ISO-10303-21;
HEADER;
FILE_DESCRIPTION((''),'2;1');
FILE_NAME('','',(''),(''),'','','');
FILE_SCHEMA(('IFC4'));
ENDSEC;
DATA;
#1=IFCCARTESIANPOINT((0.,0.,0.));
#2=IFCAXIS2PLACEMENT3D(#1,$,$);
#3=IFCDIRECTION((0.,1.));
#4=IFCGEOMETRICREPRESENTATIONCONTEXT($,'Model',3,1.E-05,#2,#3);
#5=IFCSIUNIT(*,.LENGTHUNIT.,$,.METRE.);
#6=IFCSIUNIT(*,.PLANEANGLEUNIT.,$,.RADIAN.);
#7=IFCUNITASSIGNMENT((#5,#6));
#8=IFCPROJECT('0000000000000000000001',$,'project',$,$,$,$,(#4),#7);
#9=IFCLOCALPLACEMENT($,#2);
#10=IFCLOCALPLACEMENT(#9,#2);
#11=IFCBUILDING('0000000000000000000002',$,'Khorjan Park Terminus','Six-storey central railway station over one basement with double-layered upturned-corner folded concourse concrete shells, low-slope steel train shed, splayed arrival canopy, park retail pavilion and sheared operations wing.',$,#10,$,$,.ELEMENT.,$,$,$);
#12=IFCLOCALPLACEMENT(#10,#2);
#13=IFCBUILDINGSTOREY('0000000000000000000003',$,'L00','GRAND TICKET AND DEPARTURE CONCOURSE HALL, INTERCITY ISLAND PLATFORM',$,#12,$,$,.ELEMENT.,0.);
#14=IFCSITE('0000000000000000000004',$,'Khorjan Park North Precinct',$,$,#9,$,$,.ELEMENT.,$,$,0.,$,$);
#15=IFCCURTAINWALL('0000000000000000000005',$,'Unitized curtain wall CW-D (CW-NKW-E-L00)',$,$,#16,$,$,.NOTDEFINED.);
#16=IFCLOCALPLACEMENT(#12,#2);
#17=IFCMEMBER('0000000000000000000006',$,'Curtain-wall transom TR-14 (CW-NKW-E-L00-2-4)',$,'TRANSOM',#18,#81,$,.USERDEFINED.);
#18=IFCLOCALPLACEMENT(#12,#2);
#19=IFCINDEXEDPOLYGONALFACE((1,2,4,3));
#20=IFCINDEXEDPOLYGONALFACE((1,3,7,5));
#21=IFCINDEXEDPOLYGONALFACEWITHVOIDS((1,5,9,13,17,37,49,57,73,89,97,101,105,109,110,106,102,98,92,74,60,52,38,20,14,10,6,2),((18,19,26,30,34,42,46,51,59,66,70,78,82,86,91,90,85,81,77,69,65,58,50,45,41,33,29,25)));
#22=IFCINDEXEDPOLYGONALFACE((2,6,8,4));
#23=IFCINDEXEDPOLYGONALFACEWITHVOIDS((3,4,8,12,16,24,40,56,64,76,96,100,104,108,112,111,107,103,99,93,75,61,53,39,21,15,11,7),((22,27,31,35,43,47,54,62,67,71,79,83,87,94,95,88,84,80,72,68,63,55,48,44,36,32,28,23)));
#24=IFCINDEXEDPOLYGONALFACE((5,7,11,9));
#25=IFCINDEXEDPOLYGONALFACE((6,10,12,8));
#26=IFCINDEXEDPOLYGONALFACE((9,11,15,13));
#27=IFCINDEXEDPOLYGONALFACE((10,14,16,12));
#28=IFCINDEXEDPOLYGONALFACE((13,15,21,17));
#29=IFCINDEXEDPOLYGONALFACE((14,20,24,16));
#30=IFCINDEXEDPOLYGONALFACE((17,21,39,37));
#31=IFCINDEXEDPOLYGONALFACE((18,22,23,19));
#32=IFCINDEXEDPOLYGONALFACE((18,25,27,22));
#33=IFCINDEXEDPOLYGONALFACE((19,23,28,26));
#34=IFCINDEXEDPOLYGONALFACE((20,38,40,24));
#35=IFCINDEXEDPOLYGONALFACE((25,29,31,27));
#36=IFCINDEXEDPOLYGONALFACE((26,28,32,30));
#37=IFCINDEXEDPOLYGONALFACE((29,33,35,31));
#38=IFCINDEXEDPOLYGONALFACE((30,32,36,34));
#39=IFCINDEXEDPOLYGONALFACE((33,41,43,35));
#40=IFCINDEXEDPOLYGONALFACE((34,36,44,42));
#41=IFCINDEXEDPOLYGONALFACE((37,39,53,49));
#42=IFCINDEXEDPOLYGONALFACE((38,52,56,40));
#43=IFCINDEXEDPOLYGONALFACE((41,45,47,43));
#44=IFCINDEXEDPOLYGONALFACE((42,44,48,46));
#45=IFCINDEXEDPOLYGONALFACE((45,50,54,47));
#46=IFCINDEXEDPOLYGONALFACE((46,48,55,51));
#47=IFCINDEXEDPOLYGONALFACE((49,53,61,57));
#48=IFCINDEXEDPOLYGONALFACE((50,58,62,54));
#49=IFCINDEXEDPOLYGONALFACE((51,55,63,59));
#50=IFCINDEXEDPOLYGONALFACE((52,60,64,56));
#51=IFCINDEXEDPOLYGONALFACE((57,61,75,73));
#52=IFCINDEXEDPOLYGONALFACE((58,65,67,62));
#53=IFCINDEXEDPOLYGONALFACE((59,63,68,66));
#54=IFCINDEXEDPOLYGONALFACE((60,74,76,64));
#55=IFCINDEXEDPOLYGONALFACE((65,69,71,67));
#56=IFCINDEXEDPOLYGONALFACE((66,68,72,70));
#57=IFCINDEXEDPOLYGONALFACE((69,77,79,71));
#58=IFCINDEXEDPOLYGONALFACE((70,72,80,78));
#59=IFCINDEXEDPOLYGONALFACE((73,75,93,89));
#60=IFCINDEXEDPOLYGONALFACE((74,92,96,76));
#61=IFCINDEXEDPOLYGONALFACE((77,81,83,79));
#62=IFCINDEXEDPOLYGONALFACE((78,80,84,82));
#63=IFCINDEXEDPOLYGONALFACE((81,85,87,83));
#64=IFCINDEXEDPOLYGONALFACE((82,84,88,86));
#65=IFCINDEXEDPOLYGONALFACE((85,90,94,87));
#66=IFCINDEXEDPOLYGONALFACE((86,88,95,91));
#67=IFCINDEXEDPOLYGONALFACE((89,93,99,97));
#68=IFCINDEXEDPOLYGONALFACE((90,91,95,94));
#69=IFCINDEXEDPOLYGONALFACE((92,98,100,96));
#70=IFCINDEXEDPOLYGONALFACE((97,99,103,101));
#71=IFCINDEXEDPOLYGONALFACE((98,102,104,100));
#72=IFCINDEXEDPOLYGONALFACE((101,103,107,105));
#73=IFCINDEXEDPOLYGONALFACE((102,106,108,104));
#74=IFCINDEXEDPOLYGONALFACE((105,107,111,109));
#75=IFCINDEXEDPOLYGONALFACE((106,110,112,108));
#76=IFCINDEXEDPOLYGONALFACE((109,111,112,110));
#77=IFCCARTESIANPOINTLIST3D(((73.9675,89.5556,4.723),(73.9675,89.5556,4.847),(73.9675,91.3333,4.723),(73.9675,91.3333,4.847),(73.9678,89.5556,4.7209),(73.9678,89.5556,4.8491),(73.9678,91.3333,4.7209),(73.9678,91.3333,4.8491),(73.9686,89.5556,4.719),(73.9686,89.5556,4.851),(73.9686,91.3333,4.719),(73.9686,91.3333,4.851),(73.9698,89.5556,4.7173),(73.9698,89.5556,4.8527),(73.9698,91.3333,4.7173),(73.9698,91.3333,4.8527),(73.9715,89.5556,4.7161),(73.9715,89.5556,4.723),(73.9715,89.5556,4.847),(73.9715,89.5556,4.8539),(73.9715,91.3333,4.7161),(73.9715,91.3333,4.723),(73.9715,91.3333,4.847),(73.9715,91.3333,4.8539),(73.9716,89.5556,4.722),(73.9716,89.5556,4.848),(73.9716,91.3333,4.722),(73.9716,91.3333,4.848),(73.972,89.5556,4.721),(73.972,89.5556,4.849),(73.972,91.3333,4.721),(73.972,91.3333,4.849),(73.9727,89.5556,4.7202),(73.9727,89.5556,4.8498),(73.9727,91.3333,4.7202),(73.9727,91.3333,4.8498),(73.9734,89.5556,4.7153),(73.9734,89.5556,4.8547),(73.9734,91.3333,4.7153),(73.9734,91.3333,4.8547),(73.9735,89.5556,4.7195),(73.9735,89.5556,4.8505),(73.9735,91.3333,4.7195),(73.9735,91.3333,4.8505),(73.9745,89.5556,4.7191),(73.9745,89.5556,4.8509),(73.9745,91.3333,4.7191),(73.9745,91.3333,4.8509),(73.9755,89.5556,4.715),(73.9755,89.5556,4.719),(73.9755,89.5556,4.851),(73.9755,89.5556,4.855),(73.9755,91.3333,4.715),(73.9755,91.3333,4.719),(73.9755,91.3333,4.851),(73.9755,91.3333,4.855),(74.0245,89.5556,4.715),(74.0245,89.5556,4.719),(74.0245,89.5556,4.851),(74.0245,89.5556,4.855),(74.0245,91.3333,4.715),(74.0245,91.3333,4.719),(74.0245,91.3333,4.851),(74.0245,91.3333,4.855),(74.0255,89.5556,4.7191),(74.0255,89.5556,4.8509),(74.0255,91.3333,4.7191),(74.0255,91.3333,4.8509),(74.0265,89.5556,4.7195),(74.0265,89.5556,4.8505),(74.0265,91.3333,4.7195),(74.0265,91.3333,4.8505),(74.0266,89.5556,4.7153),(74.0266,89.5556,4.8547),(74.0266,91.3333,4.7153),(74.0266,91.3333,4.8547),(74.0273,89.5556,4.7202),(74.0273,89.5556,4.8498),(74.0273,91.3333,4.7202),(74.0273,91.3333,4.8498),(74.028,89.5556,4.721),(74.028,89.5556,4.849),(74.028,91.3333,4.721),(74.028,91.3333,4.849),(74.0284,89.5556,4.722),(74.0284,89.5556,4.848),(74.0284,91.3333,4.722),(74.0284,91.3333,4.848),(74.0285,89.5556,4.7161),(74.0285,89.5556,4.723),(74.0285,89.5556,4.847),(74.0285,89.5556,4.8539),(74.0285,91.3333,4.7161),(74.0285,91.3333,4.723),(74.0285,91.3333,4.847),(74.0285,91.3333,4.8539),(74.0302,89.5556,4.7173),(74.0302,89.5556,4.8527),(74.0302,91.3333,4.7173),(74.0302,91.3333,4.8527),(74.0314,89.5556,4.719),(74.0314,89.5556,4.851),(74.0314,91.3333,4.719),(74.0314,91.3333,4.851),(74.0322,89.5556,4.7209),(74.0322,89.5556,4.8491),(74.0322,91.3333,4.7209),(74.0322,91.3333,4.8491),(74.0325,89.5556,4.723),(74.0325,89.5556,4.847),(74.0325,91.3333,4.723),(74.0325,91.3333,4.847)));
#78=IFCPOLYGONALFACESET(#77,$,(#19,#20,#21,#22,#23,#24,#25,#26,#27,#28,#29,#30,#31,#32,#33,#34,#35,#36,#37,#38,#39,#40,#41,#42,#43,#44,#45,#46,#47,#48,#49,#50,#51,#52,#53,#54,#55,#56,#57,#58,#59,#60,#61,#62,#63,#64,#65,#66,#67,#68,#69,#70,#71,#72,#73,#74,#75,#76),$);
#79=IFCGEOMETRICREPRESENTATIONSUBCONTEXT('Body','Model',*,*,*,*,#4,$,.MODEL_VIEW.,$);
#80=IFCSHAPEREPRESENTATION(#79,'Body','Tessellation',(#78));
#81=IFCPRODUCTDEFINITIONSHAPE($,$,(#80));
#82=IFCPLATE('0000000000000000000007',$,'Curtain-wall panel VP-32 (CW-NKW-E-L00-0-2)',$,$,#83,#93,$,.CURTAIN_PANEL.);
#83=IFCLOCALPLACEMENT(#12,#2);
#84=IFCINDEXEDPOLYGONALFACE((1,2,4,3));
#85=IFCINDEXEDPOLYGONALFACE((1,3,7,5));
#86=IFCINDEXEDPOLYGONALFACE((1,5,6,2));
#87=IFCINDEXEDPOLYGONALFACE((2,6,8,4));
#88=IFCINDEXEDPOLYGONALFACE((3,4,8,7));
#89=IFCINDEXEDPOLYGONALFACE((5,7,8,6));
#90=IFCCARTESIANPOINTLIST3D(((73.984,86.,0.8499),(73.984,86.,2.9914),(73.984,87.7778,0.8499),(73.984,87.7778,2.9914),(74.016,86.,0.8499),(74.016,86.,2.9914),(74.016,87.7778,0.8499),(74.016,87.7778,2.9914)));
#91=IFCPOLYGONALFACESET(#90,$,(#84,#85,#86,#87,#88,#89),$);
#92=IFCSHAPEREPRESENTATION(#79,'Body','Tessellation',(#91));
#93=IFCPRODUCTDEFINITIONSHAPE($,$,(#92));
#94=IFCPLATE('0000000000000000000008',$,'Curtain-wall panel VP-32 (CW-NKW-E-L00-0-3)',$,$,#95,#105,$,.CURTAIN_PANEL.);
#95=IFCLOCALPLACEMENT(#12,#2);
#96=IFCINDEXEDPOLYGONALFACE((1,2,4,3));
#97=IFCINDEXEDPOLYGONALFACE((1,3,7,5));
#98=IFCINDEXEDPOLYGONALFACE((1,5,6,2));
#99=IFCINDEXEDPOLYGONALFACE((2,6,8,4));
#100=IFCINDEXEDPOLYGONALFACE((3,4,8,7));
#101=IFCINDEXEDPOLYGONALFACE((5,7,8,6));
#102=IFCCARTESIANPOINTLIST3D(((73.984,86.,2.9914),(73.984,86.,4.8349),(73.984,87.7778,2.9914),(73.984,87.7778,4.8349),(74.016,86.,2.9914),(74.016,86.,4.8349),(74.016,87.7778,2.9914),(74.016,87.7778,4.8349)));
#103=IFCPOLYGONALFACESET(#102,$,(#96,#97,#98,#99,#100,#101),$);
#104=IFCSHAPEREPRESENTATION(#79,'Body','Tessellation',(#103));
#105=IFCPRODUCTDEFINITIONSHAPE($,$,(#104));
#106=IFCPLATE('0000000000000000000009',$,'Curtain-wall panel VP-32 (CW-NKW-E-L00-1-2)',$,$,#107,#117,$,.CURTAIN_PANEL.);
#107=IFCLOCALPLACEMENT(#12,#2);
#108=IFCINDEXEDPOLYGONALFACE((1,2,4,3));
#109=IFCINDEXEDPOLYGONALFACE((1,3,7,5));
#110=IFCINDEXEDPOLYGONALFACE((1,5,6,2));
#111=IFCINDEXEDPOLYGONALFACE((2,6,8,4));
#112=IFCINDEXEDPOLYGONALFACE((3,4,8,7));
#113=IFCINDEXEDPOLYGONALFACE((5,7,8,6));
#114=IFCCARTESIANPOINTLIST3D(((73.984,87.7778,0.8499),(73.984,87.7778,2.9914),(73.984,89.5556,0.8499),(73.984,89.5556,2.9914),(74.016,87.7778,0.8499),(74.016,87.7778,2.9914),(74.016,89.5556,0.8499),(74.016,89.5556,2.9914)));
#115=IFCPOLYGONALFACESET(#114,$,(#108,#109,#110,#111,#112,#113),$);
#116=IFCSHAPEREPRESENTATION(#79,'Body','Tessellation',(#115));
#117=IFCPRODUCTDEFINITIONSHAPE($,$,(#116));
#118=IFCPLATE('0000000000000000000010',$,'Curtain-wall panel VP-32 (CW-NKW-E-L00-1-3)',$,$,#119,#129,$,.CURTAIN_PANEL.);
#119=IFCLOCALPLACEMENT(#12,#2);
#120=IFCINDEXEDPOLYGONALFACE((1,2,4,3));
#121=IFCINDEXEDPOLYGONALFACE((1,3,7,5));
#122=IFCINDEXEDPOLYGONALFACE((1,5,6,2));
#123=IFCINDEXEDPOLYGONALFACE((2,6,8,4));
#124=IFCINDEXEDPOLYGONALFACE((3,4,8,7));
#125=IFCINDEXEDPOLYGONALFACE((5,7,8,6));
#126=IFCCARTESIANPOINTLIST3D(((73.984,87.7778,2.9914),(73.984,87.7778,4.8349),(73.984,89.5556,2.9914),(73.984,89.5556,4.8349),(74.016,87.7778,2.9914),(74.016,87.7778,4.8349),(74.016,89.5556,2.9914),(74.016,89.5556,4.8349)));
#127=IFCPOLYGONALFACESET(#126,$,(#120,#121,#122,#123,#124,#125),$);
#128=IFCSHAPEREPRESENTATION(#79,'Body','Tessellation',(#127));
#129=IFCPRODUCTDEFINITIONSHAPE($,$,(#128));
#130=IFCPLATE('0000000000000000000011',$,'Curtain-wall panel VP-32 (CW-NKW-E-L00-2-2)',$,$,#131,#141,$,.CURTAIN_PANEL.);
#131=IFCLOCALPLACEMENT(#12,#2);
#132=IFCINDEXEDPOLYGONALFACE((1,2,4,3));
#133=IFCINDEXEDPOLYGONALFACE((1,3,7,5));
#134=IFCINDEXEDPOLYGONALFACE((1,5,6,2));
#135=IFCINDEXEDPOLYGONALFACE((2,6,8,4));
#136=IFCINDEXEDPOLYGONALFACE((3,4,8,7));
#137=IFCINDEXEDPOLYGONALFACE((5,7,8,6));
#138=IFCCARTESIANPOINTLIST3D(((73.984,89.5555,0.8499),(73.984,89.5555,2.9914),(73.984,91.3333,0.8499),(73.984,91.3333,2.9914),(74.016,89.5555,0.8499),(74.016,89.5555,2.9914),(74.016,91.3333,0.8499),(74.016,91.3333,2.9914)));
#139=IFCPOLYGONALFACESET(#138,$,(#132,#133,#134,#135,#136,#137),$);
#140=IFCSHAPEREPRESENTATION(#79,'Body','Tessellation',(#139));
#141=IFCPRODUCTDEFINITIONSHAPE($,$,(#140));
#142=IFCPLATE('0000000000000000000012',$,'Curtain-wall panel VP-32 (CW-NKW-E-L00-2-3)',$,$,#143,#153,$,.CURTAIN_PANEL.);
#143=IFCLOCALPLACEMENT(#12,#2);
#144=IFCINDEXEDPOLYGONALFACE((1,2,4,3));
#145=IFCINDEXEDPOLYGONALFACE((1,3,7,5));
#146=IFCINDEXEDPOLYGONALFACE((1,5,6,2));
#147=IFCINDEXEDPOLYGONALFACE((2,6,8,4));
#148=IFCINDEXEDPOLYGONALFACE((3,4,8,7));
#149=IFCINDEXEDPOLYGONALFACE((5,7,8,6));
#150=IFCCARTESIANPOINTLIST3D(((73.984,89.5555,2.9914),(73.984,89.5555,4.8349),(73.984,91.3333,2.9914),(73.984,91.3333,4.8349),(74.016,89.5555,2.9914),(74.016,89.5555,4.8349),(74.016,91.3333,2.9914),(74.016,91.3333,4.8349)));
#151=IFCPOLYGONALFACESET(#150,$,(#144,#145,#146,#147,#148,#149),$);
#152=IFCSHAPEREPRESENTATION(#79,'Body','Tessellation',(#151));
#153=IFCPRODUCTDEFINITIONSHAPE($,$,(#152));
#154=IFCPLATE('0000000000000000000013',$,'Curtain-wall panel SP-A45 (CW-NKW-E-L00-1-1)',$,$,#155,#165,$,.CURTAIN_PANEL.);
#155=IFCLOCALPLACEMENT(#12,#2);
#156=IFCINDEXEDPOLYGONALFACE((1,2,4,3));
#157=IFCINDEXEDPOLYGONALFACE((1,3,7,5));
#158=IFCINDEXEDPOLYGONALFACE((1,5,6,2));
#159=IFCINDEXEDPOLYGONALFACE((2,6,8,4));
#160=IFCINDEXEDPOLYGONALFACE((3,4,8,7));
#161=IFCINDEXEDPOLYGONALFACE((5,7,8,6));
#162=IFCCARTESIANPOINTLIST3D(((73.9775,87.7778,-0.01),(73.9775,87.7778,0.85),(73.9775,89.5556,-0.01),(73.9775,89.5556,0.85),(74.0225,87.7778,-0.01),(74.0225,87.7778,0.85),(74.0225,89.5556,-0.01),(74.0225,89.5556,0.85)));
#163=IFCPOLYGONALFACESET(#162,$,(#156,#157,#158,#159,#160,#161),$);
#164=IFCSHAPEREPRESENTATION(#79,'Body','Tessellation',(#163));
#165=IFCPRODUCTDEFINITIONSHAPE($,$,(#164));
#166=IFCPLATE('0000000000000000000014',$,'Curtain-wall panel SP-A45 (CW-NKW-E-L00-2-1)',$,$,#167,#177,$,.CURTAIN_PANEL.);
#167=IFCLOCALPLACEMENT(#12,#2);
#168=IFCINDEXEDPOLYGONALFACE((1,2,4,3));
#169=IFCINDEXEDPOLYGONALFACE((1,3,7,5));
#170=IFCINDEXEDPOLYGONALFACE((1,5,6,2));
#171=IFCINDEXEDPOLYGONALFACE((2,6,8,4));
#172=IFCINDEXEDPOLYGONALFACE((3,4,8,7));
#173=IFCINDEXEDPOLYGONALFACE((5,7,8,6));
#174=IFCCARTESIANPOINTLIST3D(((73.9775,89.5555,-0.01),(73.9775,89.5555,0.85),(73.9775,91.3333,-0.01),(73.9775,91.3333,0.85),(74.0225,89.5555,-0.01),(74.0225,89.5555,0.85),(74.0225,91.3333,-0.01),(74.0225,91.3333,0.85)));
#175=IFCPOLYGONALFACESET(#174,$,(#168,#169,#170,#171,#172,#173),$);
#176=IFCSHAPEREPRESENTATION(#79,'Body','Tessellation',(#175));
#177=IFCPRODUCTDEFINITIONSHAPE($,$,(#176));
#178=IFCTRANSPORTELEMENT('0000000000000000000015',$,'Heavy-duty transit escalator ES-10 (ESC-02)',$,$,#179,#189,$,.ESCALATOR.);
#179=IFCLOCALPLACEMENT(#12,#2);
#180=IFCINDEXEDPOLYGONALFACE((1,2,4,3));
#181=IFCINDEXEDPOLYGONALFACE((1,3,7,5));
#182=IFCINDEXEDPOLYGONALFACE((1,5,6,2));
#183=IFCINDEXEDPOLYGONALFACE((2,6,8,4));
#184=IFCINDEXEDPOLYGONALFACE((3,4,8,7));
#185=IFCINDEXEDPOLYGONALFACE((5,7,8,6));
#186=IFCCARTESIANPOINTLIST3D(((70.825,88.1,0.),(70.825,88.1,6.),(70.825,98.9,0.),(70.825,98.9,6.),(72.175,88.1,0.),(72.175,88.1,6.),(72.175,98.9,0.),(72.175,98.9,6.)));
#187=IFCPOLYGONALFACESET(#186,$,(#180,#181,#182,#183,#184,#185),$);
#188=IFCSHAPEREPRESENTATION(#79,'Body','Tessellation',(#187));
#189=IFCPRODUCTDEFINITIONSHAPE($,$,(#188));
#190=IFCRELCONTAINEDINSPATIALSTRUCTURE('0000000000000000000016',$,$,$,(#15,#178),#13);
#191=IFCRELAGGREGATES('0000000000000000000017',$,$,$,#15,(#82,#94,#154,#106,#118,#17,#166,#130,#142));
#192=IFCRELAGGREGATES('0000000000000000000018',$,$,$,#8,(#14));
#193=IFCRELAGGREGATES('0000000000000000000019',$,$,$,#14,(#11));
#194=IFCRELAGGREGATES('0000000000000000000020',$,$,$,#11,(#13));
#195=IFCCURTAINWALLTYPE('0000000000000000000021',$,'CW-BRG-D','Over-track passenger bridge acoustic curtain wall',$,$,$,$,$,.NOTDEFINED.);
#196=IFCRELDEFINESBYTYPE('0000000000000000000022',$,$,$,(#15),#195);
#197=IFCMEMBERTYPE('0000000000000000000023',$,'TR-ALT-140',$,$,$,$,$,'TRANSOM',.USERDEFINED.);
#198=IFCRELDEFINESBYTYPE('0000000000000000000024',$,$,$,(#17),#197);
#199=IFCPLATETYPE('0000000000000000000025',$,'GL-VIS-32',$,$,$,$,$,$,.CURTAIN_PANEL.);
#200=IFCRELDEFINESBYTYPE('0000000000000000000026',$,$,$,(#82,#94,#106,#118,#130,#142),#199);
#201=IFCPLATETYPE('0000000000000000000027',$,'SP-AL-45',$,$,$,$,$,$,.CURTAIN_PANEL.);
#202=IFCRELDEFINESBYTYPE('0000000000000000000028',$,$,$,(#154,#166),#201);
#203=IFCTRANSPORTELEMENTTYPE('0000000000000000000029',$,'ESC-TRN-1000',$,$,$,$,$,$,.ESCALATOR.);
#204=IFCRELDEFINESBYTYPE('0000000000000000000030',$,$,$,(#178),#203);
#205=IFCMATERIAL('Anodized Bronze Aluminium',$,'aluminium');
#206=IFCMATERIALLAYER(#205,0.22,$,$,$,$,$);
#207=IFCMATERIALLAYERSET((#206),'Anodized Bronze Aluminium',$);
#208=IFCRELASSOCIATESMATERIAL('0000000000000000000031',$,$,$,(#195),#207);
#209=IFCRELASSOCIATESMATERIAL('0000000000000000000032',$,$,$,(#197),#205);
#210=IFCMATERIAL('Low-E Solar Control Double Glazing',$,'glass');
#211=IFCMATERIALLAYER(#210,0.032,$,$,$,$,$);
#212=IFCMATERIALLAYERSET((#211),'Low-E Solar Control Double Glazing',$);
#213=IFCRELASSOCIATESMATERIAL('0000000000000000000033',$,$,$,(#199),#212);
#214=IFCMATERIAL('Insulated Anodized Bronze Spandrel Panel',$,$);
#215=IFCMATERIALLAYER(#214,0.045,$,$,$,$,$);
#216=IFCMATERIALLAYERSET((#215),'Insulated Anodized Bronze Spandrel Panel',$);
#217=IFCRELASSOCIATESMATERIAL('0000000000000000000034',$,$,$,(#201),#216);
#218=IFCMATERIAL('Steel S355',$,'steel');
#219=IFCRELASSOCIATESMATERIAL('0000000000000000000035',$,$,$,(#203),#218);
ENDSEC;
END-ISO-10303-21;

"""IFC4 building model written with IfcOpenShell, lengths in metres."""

from ifc_helpers import new_model, si_unit, direction, frame, origin, origin_2d, place, context, subcontext, project, spatial, rectangle, hollow_rectangle, extrude, material, layer, layer_set, material_profile, profile_set, type_object, element, aggregate, save


model = new_model("IFC4")

# Units and contexts
model_context = context("Model", 3, precision=1e-05, world=origin(), true_north=direction((0.0, 1.0)))
body_context = subcontext(model_context, "Body", "Model", "MODEL_VIEW")
ifc_project = project(units=[si_unit("LENGTHUNIT", "METRE"), si_unit("PLANEANGLEUNIT", "RADIAN")], contexts=[model_context])

# Site, building, storey
site_placement = place(None, origin())
site = spatial("IfcSite", under=ifc_project, at=site_placement, Name="Khorjan Park North Precinct", CompositionType="ELEMENT", RefElevation=0.0)
building_placement = place(site_placement, origin())
building = spatial("IfcBuilding", under=site, at=building_placement, Name="Khorjan Park Terminus", Description="Six-storey central railway station over one basement with double-layered upturned-corner folded concourse concrete shells, low-slope steel train shed, splayed arrival canopy, park retail pavilion and sheared operations wing.", CompositionType="ELEMENT")
storey_placement = place(building_placement, origin())
storey = spatial("IfcBuildingStorey", under=building, at=storey_placement, Name="L00", Description="GRAND TICKET AND DEPARTURE CONCOURSE HALL, INTERCITY ISLAND PLATFORM", CompositionType="ELEMENT", Elevation=0.0)

# Shared definitions
ifc_material_1 = material(Name="Steel S355", Category="steel")

# Curtain wall, member, plates
ifc_material_2 = material(Name="Anodized Bronze Aluminium", Category="aluminium")
ifc_layer_1 = layer(ifc_material_2, 0.22)
ifc_layer_set_1 = layer_set([ifc_layer_1], Name="Anodized Bronze Aluminium")
curtain_wall_type = type_object("IfcCurtainWallType", Name="CW-BRG-D", Description="Over-track passenger bridge acoustic curtain wall", PredefinedType="NOTDEFINED", material=ifc_layer_set_1)
curtain_wall_placement = place(storey_placement, origin())
curtain_wall = element("IfcCurtainWall", 1, at=curtain_wall_placement, inside=storey, type_object=curtain_wall_type, Name="Unitized curtain wall CW-D (CW-NKW-E-L00)", PredefinedType="NOTDEFINED")
ifc_material_profile_1 = material_profile(ifc_material_2, hollow_rectangle(XDim=0.065, YDim=0.14, WallThickness=0.004, InnerFilletRadius=0.004, OuterFilletRadius=0.008, at=origin_2d()), Name="ALT 65x140x4")
ifc_profile_set_1 = profile_set([ifc_material_profile_1], Name="Anodized Bronze Aluminium")
member_type_1 = type_object("IfcMemberType", Name="TR-ALT-140", ElementType="TRANSOM", PredefinedType="USERDEFINED", material=ifc_profile_set_1)
member_1_placement = place(storey_placement, frame((74.0, 89.5556, 4.785), z_axis=(0.0, 1.0, 0.0), x_axis=(-1.0, 0.0, 0.0)))
member_1 = element("IfcMember", 2, at=member_1_placement, type_object=member_type_1, Name="Curtain-wall transom TR-14 (CW-NKW-E-L00-2-4)", ObjectType="TRANSOM", PredefinedType="USERDEFINED", context=body_context, shape_type="SweptSolid", body=[
    extrude(hollow_rectangle(XDim=0.065, YDim=0.14, WallThickness=0.004, InnerFilletRadius=0.004, OuterFilletRadius=0.008, at=origin_2d()), origin(), (0.0, 0.0, 1.0), 1.7777),
])
ifc_material_3 = material(Name="Low-E Solar Control Double Glazing", Category="glass")
ifc_layer_2 = layer(ifc_material_3, 0.032)
ifc_layer_set_2 = layer_set([ifc_layer_2], Name="Low-E Solar Control Double Glazing")
plate_type_1 = type_object("IfcPlateType", Name="GL-VIS-32", PredefinedType="CURTAIN_PANEL", material=ifc_layer_set_2)
plate_1_placement = place(storey_placement, frame((74.0, 86.8889, 0.8499), z_axis=(0.0, 0.0, 1.0), x_axis=(0.0, 1.0, 0.0)))
plate_1 = element("IfcPlate", 3, at=plate_1_placement, type_object=plate_type_1, Name="Curtain-wall panel VP-32 (CW-NKW-E-L00-0-2)", PredefinedType="CURTAIN_PANEL", context=body_context, shape_type="SweptSolid", body=[
    extrude(rectangle(XDim=1.7778, YDim=0.032, at=origin_2d()), origin(), (0.0, 0.0, 1.0), 2.1415),
])
plate_2_placement = place(storey_placement, frame((74.0, 86.8889, 2.9914), z_axis=(0.0, 0.0, 1.0), x_axis=(0.0, 1.0, 0.0)))
plate_2 = element("IfcPlate", 4, at=plate_2_placement, type_object=plate_type_1, Name="Curtain-wall panel VP-32 (CW-NKW-E-L00-0-3)", PredefinedType="CURTAIN_PANEL", context=body_context, shape_type="SweptSolid", body=[
    extrude(rectangle(XDim=1.7778, YDim=0.032, at=origin_2d()), origin(), (0.0, 0.0, 1.0), 1.8435),
])
plate_3_placement = place(storey_placement, frame((74.0, 88.6667, 0.8499), z_axis=(0.0, 0.0, 1.0), x_axis=(0.0, 1.0, 0.0)))
plate_3 = element("IfcPlate", 5, at=plate_3_placement, type_object=plate_type_1, Name="Curtain-wall panel VP-32 (CW-NKW-E-L00-1-2)", PredefinedType="CURTAIN_PANEL", context=body_context, shape_type="SweptSolid", body=[
    extrude(rectangle(XDim=1.7778, YDim=0.032, at=origin_2d()), origin(), (0.0, 0.0, 1.0), 2.1415),
])
plate_4_placement = place(storey_placement, frame((74.0, 88.6667, 2.9914), z_axis=(0.0, 0.0, 1.0), x_axis=(0.0, 1.0, 0.0)))
plate_4 = element("IfcPlate", 6, at=plate_4_placement, type_object=plate_type_1, Name="Curtain-wall panel VP-32 (CW-NKW-E-L00-1-3)", PredefinedType="CURTAIN_PANEL", context=body_context, shape_type="SweptSolid", body=[
    extrude(rectangle(XDim=1.7778, YDim=0.032, at=origin_2d()), origin(), (0.0, 0.0, 1.0), 1.8435),
])
plate_5_placement = place(storey_placement, frame((74.0, 90.4444, 0.8499), z_axis=(0.0, 0.0, 1.0), x_axis=(0.0, 1.0, 0.0)))
plate_5 = element("IfcPlate", 7, at=plate_5_placement, type_object=plate_type_1, Name="Curtain-wall panel VP-32 (CW-NKW-E-L00-2-2)", PredefinedType="CURTAIN_PANEL", context=body_context, shape_type="SweptSolid", body=[
    extrude(rectangle(XDim=1.7778, YDim=0.032, at=origin_2d()), origin(), (0.0, 0.0, 1.0), 2.1415),
])
plate_6_placement = place(storey_placement, frame((74.0, 90.4444, 2.9914), z_axis=(0.0, 0.0, 1.0), x_axis=(0.0, 1.0, 0.0)))
plate_6 = element("IfcPlate", 8, at=plate_6_placement, type_object=plate_type_1, Name="Curtain-wall panel VP-32 (CW-NKW-E-L00-2-3)", PredefinedType="CURTAIN_PANEL", context=body_context, shape_type="SweptSolid", body=[
    extrude(rectangle(XDim=1.7778, YDim=0.032, at=origin_2d()), origin(), (0.0, 0.0, 1.0), 1.8435),
])
ifc_material_4 = material(Name="Insulated Anodized Bronze Spandrel Panel")
ifc_layer_3 = layer(ifc_material_4, 0.045)
ifc_layer_set_3 = layer_set([ifc_layer_3], Name="Insulated Anodized Bronze Spandrel Panel")
plate_type_2 = type_object("IfcPlateType", Name="SP-AL-45", PredefinedType="CURTAIN_PANEL", material=ifc_layer_set_3)
plate_7_placement = place(storey_placement, frame((74.0, 88.6667, -0.01), z_axis=(0.0, 0.0, 1.0), x_axis=(0.0, 1.0, 0.0)))
plate_7 = element("IfcPlate", 9, at=plate_7_placement, type_object=plate_type_2, Name="Curtain-wall panel SP-A45 (CW-NKW-E-L00-1-1)", PredefinedType="CURTAIN_PANEL", context=body_context, shape_type="SweptSolid", body=[
    extrude(rectangle(XDim=1.7778, YDim=0.045, at=origin_2d()), origin(), (0.0, 0.0, 1.0), 0.86),
])
plate_8_placement = place(storey_placement, frame((74.0, 90.4444, -0.01), z_axis=(0.0, 0.0, 1.0), x_axis=(0.0, 1.0, 0.0)))
plate_8 = element("IfcPlate", 10, at=plate_8_placement, type_object=plate_type_2, Name="Curtain-wall panel SP-A45 (CW-NKW-E-L00-2-1)", PredefinedType="CURTAIN_PANEL", context=body_context, shape_type="SweptSolid", body=[
    extrude(rectangle(XDim=1.7778, YDim=0.045, at=origin_2d()), origin(), (0.0, 0.0, 1.0), 0.86),
])
aggregate(curtain_wall, [plate_1, plate_2, plate_7, plate_3, plate_4, member_1, plate_8, plate_5, plate_6])

# Transport element
transport_element_type = type_object("IfcTransportElementType", Name="ESC-TRN-1000", PredefinedType="ESCALATOR", material=ifc_material_1)
transport_element_placement = place(storey_placement, frame((71.5, 93.5, 0.0), z_axis=(0.0, 0.0, 1.0), x_axis=(1.0, 0.0, 0.0)))
element("IfcTransportElement", 11, at=transport_element_placement, inside=storey, type_object=transport_element_type, Name="Heavy-duty transit escalator ES-10 (ESC-02)", PredefinedType="ESCALATOR", context=body_context, shape_type="SweptSolid", body=[
    extrude(rectangle(XDim=1.35, YDim=10.8, at=origin_2d()), origin(), (0.0, 0.0, 1.0), 6.0),
])

save(model, "model.ifc")
